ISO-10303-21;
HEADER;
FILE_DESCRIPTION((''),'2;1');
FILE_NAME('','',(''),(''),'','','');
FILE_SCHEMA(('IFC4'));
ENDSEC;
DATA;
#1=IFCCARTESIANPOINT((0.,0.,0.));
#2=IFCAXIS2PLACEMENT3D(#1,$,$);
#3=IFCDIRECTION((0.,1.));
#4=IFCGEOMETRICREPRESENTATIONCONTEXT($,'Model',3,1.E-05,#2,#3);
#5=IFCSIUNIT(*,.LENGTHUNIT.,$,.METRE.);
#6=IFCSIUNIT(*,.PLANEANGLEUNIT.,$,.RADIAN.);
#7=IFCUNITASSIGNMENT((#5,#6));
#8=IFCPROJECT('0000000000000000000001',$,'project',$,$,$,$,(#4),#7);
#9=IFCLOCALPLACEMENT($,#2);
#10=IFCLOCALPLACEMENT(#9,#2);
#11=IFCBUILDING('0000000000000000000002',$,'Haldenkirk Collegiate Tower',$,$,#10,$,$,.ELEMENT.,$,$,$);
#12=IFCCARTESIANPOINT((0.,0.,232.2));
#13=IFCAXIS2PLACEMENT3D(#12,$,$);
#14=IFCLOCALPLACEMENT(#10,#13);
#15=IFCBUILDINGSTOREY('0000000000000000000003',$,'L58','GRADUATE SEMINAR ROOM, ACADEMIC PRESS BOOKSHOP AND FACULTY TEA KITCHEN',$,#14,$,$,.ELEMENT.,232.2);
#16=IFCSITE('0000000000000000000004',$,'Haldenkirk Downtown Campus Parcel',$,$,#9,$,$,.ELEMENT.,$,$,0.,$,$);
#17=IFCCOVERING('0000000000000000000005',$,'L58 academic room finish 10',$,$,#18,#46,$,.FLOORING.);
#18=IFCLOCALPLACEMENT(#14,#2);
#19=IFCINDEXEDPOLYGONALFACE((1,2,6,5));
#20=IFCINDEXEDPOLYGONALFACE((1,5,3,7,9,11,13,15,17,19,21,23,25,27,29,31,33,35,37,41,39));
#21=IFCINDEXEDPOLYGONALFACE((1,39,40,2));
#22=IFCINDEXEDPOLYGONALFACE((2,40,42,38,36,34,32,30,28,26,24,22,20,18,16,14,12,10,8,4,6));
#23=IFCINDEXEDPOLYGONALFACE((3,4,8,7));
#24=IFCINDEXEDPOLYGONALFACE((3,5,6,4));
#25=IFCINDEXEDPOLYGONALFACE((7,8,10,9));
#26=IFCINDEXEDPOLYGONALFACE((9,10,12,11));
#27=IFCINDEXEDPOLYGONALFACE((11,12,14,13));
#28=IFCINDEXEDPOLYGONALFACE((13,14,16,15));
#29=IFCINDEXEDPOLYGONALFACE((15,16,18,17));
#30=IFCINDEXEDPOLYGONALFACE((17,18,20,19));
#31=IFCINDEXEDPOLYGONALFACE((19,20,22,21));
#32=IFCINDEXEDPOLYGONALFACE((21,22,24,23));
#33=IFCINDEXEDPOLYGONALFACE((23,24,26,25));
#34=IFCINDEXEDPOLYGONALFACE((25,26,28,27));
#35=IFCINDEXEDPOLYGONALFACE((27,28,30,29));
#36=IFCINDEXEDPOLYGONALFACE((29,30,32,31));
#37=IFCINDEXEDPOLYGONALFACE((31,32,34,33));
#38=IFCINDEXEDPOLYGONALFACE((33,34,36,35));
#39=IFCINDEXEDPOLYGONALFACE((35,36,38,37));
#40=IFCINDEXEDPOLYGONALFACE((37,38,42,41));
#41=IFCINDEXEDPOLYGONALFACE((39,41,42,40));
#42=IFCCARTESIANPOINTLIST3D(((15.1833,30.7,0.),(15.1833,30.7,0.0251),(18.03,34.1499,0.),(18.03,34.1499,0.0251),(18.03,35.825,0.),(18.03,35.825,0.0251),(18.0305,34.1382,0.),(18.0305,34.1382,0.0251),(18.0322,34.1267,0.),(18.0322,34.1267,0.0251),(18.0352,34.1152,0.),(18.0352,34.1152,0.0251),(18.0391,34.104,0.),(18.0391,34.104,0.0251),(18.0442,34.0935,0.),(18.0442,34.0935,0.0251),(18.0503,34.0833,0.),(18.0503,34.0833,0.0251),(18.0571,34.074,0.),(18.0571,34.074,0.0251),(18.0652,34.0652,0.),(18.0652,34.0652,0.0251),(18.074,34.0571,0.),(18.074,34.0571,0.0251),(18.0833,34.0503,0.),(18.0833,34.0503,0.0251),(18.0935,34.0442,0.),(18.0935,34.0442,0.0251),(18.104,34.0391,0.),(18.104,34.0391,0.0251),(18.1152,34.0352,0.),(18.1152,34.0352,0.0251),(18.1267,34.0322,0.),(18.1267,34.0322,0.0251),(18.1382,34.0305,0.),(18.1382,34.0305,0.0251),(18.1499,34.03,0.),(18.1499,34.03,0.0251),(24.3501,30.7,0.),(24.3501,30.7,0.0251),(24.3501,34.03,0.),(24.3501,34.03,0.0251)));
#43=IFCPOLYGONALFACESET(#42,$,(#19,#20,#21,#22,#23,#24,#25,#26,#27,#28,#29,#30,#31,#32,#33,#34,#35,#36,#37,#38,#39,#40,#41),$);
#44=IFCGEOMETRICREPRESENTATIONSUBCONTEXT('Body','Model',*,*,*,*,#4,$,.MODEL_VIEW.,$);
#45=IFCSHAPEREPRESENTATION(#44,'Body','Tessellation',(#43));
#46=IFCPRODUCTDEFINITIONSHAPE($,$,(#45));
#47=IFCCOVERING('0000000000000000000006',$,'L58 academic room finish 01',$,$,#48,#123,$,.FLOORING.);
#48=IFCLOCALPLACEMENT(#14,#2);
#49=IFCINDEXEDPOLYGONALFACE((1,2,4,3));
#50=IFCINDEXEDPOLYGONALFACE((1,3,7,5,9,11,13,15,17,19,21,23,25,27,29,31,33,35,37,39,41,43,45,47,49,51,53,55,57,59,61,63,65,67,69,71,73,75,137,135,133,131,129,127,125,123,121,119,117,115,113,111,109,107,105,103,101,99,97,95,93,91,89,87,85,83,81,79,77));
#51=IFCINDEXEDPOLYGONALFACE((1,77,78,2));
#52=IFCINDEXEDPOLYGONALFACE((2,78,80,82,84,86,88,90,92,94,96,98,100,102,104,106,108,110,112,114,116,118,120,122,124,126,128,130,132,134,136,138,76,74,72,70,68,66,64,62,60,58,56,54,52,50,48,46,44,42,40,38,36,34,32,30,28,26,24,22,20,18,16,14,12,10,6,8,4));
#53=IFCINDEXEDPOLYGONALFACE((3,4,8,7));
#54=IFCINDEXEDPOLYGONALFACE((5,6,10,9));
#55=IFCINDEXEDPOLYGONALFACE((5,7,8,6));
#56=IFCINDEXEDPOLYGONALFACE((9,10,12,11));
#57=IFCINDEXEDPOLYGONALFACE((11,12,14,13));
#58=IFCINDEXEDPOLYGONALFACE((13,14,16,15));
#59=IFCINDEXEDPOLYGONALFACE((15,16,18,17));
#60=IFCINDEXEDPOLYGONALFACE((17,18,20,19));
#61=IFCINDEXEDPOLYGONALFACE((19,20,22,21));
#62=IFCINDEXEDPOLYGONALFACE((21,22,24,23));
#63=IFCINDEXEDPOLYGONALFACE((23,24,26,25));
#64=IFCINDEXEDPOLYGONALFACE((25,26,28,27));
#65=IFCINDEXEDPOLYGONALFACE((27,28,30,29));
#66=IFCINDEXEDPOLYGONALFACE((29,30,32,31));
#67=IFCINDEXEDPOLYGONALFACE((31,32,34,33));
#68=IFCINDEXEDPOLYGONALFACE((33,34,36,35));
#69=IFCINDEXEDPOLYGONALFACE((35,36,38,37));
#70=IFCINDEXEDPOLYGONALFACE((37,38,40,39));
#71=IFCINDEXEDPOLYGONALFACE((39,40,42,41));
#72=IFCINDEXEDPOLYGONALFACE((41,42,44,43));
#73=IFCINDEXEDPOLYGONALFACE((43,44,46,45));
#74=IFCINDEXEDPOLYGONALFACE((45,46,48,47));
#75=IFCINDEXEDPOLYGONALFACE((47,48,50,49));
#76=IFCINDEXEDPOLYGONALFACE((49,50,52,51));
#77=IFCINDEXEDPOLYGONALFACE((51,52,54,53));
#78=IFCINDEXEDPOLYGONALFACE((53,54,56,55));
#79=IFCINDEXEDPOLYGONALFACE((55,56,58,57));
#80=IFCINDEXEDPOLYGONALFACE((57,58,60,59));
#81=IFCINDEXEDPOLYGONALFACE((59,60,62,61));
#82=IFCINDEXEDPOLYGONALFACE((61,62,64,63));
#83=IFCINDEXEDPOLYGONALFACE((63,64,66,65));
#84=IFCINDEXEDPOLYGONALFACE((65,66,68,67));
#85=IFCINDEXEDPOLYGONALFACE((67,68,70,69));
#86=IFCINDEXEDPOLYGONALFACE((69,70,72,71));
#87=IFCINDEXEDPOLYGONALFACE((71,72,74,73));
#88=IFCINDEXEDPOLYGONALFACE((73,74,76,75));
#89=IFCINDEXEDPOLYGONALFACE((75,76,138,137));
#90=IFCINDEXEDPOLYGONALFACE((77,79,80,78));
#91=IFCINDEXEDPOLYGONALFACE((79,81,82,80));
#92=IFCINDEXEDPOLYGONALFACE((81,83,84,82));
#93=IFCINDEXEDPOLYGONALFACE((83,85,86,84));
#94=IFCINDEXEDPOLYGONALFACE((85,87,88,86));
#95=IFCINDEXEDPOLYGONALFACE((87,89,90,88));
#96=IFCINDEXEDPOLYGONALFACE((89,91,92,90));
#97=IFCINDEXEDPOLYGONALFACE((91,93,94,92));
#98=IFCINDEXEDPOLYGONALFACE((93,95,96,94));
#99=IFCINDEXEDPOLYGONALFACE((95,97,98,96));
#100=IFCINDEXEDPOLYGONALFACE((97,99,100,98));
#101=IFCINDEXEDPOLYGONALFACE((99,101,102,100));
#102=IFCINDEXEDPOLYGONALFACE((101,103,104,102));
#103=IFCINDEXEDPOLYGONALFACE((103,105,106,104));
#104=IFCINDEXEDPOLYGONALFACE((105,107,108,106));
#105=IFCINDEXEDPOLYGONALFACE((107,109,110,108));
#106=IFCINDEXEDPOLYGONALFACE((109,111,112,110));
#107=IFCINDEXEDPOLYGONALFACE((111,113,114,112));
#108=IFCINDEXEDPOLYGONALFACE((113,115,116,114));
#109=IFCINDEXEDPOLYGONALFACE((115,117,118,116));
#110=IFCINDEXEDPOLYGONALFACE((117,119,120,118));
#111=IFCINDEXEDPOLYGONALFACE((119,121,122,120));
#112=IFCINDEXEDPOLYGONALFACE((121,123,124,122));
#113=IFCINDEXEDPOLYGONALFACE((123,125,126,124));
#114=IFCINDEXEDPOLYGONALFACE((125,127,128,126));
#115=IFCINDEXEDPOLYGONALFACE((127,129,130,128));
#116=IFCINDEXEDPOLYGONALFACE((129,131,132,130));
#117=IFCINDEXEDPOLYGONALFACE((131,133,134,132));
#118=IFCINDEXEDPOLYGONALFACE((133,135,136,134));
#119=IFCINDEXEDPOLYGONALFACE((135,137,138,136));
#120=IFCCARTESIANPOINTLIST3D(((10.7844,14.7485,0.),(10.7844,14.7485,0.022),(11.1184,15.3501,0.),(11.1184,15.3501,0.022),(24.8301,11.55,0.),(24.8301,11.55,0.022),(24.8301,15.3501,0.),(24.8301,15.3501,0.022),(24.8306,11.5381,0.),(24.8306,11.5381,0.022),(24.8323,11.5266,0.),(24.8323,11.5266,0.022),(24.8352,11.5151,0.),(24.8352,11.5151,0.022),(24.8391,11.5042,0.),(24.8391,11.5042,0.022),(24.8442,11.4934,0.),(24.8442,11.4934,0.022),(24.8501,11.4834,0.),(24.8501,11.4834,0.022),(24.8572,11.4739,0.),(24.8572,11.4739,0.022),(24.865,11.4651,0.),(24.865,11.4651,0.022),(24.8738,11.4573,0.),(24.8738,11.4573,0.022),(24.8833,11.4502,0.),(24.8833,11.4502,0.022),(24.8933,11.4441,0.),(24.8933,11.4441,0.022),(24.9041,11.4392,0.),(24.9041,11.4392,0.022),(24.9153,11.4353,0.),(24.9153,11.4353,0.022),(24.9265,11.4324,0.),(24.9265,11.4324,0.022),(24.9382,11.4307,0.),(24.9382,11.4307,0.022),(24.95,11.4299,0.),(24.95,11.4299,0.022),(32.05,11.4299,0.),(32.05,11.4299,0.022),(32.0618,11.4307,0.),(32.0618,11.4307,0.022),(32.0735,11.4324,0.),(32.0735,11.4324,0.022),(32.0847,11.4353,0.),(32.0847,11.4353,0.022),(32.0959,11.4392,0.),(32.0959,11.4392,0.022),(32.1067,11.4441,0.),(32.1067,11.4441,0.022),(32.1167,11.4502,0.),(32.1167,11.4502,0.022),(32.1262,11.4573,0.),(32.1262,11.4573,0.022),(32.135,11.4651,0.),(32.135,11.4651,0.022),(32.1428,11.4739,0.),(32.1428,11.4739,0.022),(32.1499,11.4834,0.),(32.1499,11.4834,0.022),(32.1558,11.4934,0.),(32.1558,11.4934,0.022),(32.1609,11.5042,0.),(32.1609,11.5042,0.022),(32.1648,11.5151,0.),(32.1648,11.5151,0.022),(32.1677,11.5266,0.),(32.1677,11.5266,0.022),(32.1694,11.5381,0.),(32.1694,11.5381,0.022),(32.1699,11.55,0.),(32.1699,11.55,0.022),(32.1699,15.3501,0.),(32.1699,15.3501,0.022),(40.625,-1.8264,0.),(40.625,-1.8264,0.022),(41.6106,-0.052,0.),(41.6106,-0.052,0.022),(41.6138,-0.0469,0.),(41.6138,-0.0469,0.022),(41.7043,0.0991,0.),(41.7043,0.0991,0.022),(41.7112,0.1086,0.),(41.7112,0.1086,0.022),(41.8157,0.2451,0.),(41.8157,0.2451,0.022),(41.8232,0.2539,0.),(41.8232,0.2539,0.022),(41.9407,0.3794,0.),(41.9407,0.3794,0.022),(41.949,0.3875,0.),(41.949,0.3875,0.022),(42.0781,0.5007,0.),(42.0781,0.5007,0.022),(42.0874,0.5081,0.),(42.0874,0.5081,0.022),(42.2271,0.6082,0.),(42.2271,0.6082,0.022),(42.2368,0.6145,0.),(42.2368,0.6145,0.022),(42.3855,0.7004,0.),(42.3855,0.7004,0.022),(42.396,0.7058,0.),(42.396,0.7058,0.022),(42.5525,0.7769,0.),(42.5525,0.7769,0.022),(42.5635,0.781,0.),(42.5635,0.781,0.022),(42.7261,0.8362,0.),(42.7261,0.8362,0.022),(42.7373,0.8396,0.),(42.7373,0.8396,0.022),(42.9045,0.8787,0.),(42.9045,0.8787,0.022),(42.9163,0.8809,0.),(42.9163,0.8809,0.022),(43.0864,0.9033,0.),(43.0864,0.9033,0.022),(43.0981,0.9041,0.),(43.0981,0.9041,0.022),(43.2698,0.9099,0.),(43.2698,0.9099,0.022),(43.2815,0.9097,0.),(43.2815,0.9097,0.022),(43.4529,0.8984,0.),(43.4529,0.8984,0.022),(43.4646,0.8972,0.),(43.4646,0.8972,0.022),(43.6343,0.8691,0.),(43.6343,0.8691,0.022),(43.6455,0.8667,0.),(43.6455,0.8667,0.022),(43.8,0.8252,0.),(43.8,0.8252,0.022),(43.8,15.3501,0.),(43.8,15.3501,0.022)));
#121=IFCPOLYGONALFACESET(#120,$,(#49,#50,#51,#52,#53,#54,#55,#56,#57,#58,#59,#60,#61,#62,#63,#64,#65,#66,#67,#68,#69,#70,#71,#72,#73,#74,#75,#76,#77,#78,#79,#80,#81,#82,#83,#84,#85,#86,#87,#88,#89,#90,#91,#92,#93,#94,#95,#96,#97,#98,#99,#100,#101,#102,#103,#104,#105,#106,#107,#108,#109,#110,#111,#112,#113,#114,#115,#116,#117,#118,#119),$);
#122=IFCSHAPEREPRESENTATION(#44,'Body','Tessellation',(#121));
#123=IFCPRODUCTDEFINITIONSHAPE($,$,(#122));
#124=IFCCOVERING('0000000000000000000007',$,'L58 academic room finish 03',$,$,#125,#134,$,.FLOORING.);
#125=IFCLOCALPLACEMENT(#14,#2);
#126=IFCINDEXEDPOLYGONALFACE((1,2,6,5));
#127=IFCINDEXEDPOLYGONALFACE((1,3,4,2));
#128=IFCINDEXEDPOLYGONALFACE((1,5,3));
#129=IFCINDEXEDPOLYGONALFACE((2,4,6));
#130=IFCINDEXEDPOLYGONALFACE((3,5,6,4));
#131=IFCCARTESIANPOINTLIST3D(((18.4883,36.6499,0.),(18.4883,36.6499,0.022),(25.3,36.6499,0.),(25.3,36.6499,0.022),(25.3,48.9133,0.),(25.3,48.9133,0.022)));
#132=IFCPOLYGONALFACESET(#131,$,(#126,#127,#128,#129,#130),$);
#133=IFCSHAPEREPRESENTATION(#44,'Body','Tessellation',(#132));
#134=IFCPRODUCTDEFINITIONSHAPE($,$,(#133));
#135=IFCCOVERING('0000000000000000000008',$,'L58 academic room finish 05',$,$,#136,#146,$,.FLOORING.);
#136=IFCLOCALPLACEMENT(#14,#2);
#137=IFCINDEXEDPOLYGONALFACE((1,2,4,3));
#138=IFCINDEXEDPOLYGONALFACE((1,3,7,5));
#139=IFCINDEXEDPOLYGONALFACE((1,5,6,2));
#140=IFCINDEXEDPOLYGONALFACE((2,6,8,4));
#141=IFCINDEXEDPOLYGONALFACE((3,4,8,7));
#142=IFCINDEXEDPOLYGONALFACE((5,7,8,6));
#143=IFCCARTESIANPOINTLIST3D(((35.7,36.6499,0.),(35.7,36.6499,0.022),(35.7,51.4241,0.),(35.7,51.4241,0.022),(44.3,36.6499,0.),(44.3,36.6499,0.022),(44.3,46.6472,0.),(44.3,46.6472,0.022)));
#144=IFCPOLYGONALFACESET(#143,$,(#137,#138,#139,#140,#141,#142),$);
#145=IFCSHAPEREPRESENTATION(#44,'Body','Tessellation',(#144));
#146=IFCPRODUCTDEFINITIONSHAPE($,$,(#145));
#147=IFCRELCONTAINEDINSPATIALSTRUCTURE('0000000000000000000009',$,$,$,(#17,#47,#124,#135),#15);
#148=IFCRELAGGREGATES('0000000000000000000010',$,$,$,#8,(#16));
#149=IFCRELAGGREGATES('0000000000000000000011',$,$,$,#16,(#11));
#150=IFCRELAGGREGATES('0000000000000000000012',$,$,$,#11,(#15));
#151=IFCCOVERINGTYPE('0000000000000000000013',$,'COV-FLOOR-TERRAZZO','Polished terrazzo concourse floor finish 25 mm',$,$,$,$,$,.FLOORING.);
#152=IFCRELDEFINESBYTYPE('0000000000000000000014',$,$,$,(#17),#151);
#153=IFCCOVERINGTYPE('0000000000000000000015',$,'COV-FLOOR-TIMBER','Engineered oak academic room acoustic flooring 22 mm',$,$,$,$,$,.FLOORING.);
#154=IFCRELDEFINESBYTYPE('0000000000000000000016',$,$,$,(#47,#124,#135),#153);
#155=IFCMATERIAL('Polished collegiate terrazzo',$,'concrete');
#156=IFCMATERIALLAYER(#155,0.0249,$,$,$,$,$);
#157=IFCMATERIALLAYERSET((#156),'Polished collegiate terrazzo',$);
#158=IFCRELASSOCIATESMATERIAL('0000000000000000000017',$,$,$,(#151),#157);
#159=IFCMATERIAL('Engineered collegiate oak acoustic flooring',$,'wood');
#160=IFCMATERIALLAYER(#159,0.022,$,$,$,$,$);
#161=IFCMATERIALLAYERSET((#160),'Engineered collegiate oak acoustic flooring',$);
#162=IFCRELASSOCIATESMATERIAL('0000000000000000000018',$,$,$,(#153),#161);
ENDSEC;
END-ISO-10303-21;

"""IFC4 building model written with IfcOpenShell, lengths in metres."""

from ifc_helpers import new_model, si_unit, direction, frame, origin, place, context, subcontext, project, spatial, polyline, outline, extrude, material, layer, layer_set, type_object, element, save


model = new_model("IFC4")

# Units and contexts
model_context = context("Model", 3, precision=1e-05, world=origin(), true_north=direction((0.0, 1.0)))
body_context = subcontext(model_context, "Body", "Model", "MODEL_VIEW")
ifc_project = project(units=[si_unit("LENGTHUNIT", "METRE"), si_unit("PLANEANGLEUNIT", "RADIAN")], contexts=[model_context])

# Site, building, storey
site_placement = place(None, origin())
site = spatial("IfcSite", under=ifc_project, at=site_placement, Name="Haldenkirk Downtown Campus Parcel", CompositionType="ELEMENT", RefElevation=0.0)
building_placement = place(site_placement, origin())
building = spatial("IfcBuilding", under=site, at=building_placement, Name="Haldenkirk Collegiate Tower", CompositionType="ELEMENT")
storey_placement = place(building_placement, frame((0.0, 0.0, 232.2)))
storey = spatial("IfcBuildingStorey", under=building, at=storey_placement, Name="L58", Description="GRADUATE SEMINAR ROOM, ACADEMIC PRESS BOOKSHOP AND FACULTY TEA KITCHEN", CompositionType="ELEMENT", Elevation=232.2)

# Coverings
ifc_material_1 = material(Name="Polished collegiate terrazzo", Category="concrete")
ifc_layer_1 = layer(ifc_material_1, 0.0249)
ifc_layer_set_1 = layer_set([ifc_layer_1], Name="Polished collegiate terrazzo")
covering_type_1 = type_object("IfcCoveringType", Name="COV-FLOOR-TERRAZZO", Description="Polished terrazzo concourse floor finish 25 mm", PredefinedType="FLOORING", material=ifc_layer_set_1)
covering_1_placement = place(storey_placement, origin())
element("IfcCovering", 1, at=covering_1_placement, inside=storey, type_object=covering_type_1, Name="L58 academic room finish 10", PredefinedType="FLOORING", context=body_context, shape_type="SweptSolid", body=[
    extrude(outline(polyline([(18.03, 35.825), (18.03, 34.1499), (18.0305, 34.1382), (18.0322, 34.1267), (18.0352, 34.1152), (18.0391, 34.104), (18.0442, 34.0935), (18.0503, 34.0833), (18.0571, 34.074), (18.0652, 34.0652), (18.074, 34.0571), (18.0833, 34.0503), (18.0935, 34.0442), (18.104, 34.0391), (18.1152, 34.0352), (18.1267, 34.0322), (18.1382, 34.0305), (18.1499, 34.03), (24.3501, 34.03), (24.3501, 30.7), (15.1833, 30.7), (18.03, 35.825)])), origin(), (0.0, 0.0, 1.0), 0.0251),
])
ifc_material_2 = material(Name="Engineered collegiate oak acoustic flooring", Category="wood")
ifc_layer_2 = layer(ifc_material_2, 0.022)
ifc_layer_set_2 = layer_set([ifc_layer_2], Name="Engineered collegiate oak acoustic flooring")
covering_type_2 = type_object("IfcCoveringType", Name="COV-FLOOR-TIMBER", Description="Engineered oak academic room acoustic flooring 22 mm", PredefinedType="FLOORING", material=ifc_layer_set_2)
covering_2_placement = place(storey_placement, origin())
element("IfcCovering", 2, at=covering_2_placement, inside=storey, type_object=covering_type_2, Name="L58 academic room finish 01", PredefinedType="FLOORING", context=body_context, shape_type="SweptSolid", body=[
    extrude(outline(polyline([(43.4646, 0.8972), (43.4529, 0.8984), (43.2815, 0.9097), (43.2698, 0.9099), (43.0981, 0.9041), (43.0864, 0.9033), (42.9163, 0.8809), (42.9045, 0.8787), (42.7373, 0.8396), (42.7261, 0.8362), (42.5635, 0.781), (42.5525, 0.7769), (42.396, 0.7058), (42.3855, 0.7004), (42.2368, 0.6145), (42.2271, 0.6082), (42.0874, 0.5081), (42.0781, 0.5007), (41.949, 0.3875), (41.9407, 0.3794), (41.8232, 0.2539), (41.8157, 0.2451), (41.7112, 0.1086), (41.7043, 0.0991), (41.6138, -0.0469), (41.6106, -0.052), (40.625, -1.8264), (10.7844, 14.7485), (11.1184, 15.3501), (24.8301, 15.3501), (24.8301, 11.55), (24.8306, 11.5381), (24.8323, 11.5266), (24.8352, 11.5151), (24.8391, 11.5042), (24.8442, 11.4934), (24.8501, 11.4834), (24.8572, 11.4739), (24.865, 11.4651), (24.8738, 11.4573), (24.8833, 11.4502), (24.8933, 11.4441), (24.9041, 11.4392), (24.9153, 11.4353), (24.9265, 11.4324), (24.9382, 11.4307), (24.95, 11.4299), (32.05, 11.4299), (32.0618, 11.4307), (32.0735, 11.4324), (32.0847, 11.4353), (32.0959, 11.4392), (32.1067, 11.4441), (32.1167, 11.4502), (32.1262, 11.4573), (32.135, 11.4651), (32.1428, 11.4739), (32.1499, 11.4834), (32.1558, 11.4934), (32.1609, 11.5042), (32.1648, 11.5151), (32.1677, 11.5266), (32.1694, 11.5381), (32.1699, 11.55), (32.1699, 15.3501), (43.8, 15.3501), (43.8, 0.8252), (43.6455, 0.8667), (43.6343, 0.8691), (43.4646, 0.8972)])), origin(), (0.0, 0.0, 1.0), 0.022),
])
covering_3_placement = place(storey_placement, origin())
element("IfcCovering", 3, at=covering_3_placement, inside=storey, type_object=covering_type_2, Name="L58 academic room finish 03", PredefinedType="FLOORING", context=body_context, shape_type="SweptSolid", body=[
    extrude(outline(polyline([(25.3, 48.9133), (25.3, 36.6499), (18.4883, 36.6499), (25.3, 48.9133)])), origin(), (0.0, 0.0, 1.0), 0.022),
])
covering_4_placement = place(storey_placement, origin())
element("IfcCovering", 4, at=covering_4_placement, inside=storey, type_object=covering_type_2, Name="L58 academic room finish 05", PredefinedType="FLOORING", context=body_context, shape_type="SweptSolid", body=[
    extrude(outline(polyline([(44.3, 46.6472), (44.3, 36.6499), (35.7, 36.6499), (35.7, 51.4241), (44.3, 46.6472)])), origin(), (0.0, 0.0, 1.0), 0.022),
])

save(model, "model.ifc")
